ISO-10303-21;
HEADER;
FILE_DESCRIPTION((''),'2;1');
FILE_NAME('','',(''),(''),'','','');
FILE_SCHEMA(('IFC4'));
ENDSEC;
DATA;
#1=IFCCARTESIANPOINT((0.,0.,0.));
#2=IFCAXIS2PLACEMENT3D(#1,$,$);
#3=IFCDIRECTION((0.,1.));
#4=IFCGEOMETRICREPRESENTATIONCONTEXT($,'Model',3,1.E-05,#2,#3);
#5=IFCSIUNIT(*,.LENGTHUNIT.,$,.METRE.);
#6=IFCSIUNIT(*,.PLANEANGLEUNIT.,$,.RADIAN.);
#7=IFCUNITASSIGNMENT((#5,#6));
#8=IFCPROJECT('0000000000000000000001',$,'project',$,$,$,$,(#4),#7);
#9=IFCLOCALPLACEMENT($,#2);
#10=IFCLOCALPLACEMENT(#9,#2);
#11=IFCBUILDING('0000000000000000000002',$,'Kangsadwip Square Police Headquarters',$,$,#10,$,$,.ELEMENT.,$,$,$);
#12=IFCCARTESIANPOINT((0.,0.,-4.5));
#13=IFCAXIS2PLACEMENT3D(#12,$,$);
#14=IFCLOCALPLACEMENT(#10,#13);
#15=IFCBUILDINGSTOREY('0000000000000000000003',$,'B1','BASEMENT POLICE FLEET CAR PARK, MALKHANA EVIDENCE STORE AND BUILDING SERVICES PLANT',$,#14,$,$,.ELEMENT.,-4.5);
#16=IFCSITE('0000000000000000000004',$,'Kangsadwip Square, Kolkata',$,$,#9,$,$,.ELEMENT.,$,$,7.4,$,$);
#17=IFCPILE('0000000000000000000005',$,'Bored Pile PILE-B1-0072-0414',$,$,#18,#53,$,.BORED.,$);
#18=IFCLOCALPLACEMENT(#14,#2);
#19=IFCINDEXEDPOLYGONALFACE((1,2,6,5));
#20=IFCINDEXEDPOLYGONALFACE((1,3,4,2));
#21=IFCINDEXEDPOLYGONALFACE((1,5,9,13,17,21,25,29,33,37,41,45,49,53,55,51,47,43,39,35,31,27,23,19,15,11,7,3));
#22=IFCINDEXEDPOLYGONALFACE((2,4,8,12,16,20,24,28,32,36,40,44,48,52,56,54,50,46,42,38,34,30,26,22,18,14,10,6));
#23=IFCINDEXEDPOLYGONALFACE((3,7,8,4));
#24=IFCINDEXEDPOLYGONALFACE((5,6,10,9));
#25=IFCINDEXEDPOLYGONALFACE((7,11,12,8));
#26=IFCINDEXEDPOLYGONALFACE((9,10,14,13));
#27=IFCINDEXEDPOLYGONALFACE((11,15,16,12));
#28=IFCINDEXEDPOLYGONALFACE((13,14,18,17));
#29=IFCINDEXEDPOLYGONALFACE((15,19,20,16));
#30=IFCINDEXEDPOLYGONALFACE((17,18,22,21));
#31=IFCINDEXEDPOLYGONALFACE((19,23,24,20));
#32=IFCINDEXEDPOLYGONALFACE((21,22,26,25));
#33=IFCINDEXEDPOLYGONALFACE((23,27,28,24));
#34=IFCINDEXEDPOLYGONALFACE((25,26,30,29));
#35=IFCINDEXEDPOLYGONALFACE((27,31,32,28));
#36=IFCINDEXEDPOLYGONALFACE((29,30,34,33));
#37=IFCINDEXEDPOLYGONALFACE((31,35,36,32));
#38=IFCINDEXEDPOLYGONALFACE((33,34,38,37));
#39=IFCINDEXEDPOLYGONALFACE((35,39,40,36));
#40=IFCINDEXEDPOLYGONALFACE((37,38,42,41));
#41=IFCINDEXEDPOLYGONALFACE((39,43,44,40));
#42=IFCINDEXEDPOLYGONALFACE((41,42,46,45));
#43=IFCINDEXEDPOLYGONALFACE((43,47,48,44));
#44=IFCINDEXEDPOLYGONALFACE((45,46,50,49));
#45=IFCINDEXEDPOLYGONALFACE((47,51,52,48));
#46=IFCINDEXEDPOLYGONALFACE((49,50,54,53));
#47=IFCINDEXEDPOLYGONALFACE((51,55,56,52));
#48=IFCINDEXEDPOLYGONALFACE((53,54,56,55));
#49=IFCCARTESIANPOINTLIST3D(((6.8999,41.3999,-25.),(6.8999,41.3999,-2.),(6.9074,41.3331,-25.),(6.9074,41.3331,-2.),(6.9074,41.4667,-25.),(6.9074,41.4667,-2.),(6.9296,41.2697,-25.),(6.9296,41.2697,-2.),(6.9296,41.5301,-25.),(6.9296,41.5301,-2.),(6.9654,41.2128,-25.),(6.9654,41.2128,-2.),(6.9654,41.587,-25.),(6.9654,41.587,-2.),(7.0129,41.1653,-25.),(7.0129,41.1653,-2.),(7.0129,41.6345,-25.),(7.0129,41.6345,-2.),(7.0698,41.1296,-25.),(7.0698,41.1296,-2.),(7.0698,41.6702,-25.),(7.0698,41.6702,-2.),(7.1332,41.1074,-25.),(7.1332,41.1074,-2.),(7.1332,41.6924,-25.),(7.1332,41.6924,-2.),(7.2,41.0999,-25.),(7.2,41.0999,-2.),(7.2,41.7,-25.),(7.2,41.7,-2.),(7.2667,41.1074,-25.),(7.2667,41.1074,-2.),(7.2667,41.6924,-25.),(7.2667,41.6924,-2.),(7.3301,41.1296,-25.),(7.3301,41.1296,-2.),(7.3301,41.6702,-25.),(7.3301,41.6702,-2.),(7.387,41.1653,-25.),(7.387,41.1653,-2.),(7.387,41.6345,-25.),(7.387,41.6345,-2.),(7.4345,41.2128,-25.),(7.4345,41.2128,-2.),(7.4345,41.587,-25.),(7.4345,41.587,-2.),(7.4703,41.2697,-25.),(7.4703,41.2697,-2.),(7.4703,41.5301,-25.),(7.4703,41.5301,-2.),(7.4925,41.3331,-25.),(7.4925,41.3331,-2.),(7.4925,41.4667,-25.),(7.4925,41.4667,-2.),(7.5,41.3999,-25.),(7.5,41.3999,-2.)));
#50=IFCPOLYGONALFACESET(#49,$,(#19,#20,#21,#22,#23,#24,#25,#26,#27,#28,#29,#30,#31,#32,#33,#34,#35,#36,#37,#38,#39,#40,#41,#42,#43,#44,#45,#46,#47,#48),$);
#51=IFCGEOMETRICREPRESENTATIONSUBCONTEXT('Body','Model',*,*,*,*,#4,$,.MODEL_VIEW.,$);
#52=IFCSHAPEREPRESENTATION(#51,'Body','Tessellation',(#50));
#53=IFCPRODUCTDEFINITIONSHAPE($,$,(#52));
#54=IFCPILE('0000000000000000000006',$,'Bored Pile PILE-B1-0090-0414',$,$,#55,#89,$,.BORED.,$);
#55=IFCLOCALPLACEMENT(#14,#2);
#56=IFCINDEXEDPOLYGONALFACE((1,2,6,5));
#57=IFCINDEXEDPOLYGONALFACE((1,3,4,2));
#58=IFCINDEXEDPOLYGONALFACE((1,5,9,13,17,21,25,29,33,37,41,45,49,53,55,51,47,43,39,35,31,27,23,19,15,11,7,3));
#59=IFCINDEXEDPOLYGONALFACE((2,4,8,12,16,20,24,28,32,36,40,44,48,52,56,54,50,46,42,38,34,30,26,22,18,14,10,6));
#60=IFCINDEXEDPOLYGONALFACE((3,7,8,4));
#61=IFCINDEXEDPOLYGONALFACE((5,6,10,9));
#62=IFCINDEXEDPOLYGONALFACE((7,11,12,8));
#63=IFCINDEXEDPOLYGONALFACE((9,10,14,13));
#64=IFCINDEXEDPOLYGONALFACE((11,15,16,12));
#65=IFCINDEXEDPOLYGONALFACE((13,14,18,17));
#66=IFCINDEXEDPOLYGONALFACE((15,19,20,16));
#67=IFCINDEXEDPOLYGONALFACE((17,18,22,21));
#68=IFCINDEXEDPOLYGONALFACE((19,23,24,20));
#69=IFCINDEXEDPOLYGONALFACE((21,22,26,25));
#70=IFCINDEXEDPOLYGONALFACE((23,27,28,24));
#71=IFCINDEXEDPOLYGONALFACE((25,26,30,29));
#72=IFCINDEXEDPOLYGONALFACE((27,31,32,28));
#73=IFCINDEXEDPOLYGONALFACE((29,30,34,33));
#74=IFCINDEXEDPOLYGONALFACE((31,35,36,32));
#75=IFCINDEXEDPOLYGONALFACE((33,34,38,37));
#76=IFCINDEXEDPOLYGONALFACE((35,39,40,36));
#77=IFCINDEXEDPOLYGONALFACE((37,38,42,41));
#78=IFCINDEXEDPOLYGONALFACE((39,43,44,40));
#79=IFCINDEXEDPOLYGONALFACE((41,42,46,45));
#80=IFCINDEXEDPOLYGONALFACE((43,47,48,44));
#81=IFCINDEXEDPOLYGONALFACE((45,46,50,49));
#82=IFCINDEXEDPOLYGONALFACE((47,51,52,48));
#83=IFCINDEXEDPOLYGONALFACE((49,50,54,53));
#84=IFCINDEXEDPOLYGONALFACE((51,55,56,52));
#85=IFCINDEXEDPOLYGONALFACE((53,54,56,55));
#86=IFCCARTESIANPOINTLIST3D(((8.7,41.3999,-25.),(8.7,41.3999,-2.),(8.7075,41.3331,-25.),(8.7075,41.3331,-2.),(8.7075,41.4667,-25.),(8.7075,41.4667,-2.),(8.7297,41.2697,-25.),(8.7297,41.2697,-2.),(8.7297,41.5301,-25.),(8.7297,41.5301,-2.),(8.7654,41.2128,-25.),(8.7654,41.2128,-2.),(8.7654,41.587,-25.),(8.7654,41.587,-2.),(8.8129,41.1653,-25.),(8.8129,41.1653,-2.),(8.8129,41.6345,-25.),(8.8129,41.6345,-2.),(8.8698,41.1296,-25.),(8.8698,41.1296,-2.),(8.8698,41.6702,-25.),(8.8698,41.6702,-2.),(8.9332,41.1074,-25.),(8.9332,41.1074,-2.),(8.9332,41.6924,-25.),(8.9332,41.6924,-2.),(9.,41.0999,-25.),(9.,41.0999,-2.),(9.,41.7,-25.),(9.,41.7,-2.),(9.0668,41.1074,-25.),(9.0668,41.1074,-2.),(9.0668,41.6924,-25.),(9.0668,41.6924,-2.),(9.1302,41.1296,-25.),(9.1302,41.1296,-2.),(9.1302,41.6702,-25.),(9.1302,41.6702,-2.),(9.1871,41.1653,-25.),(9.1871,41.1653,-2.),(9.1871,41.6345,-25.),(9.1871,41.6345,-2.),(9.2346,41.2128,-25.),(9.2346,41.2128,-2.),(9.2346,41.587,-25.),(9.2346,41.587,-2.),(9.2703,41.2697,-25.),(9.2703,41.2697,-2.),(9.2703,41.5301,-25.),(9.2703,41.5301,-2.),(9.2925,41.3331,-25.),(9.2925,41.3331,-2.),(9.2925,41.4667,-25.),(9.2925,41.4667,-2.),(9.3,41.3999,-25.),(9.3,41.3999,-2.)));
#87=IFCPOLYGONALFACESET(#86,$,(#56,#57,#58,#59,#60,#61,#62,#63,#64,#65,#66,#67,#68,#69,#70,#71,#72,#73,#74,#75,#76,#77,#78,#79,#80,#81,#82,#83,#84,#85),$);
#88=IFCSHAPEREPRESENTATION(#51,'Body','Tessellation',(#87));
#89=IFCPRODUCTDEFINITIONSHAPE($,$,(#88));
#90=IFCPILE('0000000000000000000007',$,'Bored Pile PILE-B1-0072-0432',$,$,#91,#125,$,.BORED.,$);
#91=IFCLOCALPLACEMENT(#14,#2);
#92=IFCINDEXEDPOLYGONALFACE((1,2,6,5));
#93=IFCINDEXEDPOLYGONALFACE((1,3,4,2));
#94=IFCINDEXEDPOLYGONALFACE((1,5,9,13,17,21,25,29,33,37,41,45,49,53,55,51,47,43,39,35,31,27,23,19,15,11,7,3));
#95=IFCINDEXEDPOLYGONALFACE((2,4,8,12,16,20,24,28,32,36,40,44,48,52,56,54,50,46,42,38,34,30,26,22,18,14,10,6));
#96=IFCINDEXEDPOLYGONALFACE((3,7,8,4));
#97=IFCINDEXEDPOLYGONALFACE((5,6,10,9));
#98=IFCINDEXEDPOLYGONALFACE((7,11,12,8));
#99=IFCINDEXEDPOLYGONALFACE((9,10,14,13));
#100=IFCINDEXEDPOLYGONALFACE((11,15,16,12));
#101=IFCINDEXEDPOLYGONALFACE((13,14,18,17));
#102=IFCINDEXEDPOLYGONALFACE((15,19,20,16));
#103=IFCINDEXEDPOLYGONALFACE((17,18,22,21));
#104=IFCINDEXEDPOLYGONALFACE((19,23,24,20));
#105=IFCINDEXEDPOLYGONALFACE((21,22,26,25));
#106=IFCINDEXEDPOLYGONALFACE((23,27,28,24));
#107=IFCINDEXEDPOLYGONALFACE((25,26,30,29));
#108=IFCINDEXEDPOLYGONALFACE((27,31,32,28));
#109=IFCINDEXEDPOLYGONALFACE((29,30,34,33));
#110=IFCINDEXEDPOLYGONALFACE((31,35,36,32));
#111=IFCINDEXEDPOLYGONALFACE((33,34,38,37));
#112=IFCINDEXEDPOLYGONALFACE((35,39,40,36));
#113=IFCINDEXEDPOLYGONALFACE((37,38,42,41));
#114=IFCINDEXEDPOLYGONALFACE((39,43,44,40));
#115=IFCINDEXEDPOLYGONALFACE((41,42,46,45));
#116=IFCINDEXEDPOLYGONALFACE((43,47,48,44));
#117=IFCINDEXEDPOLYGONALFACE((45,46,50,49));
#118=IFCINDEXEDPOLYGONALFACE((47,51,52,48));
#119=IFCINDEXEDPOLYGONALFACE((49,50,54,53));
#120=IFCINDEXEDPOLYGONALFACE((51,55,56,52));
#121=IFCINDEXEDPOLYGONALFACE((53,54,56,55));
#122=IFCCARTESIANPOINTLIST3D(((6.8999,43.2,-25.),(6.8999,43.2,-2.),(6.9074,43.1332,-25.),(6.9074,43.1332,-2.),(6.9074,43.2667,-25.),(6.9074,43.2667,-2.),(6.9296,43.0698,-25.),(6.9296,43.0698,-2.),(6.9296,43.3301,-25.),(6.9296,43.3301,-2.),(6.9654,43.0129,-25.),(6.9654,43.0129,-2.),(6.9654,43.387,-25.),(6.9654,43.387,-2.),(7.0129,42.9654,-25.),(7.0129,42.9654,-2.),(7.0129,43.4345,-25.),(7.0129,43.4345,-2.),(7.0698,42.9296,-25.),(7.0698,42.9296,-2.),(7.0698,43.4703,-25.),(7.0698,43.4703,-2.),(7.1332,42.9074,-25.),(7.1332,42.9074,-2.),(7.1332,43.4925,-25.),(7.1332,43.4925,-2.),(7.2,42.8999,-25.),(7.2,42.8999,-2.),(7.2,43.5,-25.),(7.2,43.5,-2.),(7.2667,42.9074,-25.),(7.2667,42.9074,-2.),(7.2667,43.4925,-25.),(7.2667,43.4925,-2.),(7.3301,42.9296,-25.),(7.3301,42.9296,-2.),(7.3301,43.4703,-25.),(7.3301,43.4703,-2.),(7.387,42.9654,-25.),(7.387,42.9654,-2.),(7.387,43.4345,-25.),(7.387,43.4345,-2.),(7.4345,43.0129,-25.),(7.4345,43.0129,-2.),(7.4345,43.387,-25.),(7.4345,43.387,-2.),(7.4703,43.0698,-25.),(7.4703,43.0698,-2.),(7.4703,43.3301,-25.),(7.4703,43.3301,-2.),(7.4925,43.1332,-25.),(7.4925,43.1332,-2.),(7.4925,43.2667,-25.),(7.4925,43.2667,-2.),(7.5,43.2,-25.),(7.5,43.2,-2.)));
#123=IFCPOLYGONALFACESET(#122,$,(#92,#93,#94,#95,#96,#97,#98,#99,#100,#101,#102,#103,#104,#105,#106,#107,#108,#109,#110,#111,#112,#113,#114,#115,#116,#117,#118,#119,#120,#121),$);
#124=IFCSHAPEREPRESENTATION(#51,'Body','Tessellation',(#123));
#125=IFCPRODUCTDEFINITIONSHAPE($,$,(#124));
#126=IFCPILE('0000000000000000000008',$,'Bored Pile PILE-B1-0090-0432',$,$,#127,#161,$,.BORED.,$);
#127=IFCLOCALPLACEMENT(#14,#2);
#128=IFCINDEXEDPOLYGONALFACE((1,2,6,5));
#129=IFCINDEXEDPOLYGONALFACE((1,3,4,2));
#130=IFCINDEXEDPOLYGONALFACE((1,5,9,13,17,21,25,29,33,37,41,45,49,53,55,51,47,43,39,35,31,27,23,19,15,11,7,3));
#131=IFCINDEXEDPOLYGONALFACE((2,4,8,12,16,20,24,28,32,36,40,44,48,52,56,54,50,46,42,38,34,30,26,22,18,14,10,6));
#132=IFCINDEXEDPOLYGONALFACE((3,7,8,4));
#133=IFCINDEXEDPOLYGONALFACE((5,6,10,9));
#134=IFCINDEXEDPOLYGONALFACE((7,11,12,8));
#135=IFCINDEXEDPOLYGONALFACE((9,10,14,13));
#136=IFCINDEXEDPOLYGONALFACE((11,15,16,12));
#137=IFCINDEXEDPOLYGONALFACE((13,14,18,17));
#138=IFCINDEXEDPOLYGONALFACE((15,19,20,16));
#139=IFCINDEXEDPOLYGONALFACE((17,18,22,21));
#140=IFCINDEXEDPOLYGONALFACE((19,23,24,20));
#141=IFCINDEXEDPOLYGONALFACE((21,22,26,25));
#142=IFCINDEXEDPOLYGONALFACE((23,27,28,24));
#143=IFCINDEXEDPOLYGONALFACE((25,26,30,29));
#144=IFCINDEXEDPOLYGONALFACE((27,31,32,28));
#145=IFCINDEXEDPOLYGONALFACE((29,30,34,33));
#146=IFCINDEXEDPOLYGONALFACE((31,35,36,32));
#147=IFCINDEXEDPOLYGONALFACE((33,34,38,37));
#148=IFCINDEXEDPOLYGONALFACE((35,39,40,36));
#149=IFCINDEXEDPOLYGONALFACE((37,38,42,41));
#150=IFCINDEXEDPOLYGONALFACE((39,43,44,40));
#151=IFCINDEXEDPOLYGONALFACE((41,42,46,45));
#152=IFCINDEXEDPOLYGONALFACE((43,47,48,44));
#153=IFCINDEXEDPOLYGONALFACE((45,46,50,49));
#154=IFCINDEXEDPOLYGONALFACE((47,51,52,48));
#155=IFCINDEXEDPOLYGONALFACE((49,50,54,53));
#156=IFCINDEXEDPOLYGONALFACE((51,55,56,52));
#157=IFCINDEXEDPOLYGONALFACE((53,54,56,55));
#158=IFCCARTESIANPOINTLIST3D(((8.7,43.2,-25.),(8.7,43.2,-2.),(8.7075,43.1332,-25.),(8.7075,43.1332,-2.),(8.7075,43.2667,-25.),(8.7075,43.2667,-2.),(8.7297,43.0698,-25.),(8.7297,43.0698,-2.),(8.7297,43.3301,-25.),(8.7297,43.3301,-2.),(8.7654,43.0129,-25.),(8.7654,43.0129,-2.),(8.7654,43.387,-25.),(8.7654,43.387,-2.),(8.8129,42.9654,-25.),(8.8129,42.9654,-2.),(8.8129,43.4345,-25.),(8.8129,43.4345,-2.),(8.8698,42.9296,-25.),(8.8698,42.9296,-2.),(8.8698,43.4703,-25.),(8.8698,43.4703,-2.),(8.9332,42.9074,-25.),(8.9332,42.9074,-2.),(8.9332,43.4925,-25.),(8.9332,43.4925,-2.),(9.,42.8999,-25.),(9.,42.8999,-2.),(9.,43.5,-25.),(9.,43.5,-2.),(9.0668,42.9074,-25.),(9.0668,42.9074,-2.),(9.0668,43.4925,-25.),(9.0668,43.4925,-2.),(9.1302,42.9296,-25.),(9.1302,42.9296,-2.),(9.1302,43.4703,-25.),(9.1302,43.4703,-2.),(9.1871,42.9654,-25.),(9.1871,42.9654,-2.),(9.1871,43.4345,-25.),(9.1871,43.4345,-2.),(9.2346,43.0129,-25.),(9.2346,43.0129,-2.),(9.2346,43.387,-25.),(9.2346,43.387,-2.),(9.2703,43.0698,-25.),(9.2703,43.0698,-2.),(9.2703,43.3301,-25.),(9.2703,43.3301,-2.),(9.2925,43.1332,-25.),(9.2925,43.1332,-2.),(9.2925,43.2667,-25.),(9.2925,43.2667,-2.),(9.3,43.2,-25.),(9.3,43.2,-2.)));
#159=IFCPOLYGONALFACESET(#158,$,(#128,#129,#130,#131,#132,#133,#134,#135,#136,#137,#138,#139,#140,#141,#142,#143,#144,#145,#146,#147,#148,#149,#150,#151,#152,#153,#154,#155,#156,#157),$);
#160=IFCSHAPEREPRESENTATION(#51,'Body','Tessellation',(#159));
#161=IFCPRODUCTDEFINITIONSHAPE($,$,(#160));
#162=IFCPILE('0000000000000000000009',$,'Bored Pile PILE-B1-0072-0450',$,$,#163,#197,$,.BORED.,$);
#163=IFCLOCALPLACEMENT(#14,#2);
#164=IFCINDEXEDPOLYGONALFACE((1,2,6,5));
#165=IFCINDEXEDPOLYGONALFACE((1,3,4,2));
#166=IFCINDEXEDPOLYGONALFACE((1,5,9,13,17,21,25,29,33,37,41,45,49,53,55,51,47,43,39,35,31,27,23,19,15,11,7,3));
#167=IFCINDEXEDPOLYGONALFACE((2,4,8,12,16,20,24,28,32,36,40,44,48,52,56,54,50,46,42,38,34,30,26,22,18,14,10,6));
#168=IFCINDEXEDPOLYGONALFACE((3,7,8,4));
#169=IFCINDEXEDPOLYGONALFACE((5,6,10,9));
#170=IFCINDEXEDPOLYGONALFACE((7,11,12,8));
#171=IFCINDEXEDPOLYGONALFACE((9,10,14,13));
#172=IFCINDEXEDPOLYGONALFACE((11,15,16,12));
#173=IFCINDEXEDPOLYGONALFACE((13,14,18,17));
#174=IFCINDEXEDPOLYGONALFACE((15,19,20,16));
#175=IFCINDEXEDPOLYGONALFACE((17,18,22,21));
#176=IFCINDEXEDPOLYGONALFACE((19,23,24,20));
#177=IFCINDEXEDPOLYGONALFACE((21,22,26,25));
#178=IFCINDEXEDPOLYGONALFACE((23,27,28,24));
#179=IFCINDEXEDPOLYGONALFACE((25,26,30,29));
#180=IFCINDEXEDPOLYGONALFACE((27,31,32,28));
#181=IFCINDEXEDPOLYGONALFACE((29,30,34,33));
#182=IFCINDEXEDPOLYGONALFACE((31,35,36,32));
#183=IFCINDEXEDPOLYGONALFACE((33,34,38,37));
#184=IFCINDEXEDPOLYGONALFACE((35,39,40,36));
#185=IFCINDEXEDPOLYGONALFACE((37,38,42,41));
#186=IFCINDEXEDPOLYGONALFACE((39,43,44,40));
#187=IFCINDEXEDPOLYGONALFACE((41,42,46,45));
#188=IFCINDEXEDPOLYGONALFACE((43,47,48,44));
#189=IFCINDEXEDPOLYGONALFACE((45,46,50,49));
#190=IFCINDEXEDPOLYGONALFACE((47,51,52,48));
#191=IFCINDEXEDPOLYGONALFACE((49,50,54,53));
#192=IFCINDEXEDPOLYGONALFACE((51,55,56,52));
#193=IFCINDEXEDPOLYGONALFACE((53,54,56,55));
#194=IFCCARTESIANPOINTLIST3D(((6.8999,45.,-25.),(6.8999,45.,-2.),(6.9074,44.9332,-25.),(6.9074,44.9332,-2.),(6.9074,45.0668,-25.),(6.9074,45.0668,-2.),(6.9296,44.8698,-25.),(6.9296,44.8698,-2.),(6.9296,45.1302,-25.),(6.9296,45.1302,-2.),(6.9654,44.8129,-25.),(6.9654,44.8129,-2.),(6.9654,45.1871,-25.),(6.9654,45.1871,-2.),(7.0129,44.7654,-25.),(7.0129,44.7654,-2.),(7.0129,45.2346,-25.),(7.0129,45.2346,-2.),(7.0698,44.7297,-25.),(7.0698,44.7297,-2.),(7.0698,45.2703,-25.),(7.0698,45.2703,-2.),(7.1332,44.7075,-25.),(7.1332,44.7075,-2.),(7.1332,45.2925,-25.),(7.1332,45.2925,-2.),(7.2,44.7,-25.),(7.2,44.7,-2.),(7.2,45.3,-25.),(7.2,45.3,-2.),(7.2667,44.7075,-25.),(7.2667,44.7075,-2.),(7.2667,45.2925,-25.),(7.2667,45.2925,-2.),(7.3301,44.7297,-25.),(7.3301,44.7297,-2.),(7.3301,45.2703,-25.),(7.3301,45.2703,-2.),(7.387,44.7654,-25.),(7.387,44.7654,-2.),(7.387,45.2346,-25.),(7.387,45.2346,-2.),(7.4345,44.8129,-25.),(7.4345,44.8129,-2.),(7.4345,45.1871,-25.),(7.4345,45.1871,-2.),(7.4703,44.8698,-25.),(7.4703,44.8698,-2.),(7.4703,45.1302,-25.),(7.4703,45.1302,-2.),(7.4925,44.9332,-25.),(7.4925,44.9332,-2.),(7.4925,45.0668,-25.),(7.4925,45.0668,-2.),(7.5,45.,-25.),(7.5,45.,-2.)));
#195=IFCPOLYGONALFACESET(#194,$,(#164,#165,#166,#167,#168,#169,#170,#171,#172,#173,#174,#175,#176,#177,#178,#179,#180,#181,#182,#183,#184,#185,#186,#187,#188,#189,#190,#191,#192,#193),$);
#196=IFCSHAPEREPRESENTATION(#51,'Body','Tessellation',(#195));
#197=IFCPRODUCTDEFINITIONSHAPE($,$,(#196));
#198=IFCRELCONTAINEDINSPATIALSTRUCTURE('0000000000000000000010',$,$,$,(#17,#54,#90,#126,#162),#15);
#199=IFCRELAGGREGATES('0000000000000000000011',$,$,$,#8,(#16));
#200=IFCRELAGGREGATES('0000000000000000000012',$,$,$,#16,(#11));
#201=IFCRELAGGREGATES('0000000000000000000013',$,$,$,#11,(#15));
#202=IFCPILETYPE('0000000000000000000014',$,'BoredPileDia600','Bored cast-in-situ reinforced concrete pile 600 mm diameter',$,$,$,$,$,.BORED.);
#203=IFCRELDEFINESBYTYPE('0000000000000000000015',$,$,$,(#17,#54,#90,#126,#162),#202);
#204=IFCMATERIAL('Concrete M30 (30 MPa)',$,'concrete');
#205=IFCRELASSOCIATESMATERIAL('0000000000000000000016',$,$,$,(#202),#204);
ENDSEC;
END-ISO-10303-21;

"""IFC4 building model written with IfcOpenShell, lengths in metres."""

from ifc_helpers import new_model, si_unit, direction, frame, origin, origin_2d, place, context, subcontext, project, spatial, circle, extrude, material, material_profile, profile_set, type_object, element, save


model = new_model("IFC4")

# Units and contexts
model_context = context("Model", 3, precision=1e-05, world=origin(), true_north=direction((0.0, 1.0)))
body_context = subcontext(model_context, "Body", "Model", "MODEL_VIEW")
ifc_project = project(units=[si_unit("LENGTHUNIT", "METRE"), si_unit("PLANEANGLEUNIT", "RADIAN")], contexts=[model_context])

# Site, building, storey
site_placement = place(None, origin())
site = spatial("IfcSite", under=ifc_project, at=site_placement, Name="Kangsadwip Square, Kolkata", CompositionType="ELEMENT", RefElevation=7.4)
building_placement = place(site_placement, origin())
building = spatial("IfcBuilding", under=site, at=building_placement, Name="Kangsadwip Square Police Headquarters", CompositionType="ELEMENT")
storey_placement = place(building_placement, frame((0.0, 0.0, -4.5)))
storey = spatial("IfcBuildingStorey", under=building, at=storey_placement, Name="B1", Description="BASEMENT POLICE FLEET CAR PARK, MALKHANA EVIDENCE STORE AND BUILDING SERVICES PLANT", CompositionType="ELEMENT", Elevation=-4.5)

# Piles
ifc_material_1 = material(Name="Concrete M30 (30 MPa)", Category="concrete")
ifc_material_profile_1 = material_profile(ifc_material_1, circle(Radius=0.3, at=origin_2d()), Name="PILE DIA 600")
ifc_profile_set_1 = profile_set([ifc_material_profile_1], Name="Concrete M30 (30 MPa)")
pile_type_1 = type_object("IfcPileType", Name="BoredPileDia600", Description="Bored cast-in-situ reinforced concrete pile 600 mm diameter", PredefinedType="BORED", material=ifc_profile_set_1)
for number, where, z_axis, x_axis, name in (
    (1, (7.2, 41.3999, -2.0), (0.0, 0.0, -1.0), (1.0, 0.0, 0.0), "Bored Pile PILE-B1-0072-0414"),
    (2, (9.0, 41.3999, -2.0), (0.0, 0.0, -1.0), (1.0, 0.0, 0.0), "Bored Pile PILE-B1-0090-0414"),
    (3, (7.2, 43.2, -2.0), (0.0, 0.0, -1.0), (1.0, 0.0, 0.0), "Bored Pile PILE-B1-0072-0432"),
    (4, (9.0, 43.2, -2.0), (0.0, 0.0, -1.0), (1.0, 0.0, 0.0), "Bored Pile PILE-B1-0090-0432"),
    (5, (7.2, 45.0, -2.0), (0.0, 0.0, -1.0), (1.0, 0.0, 0.0), "Bored Pile PILE-B1-0072-0450"),
):
    element("IfcPile", number, at=place(storey_placement, frame(where, z_axis=z_axis, x_axis=x_axis)), inside=storey, type_object=pile_type_1, Name=name, PredefinedType="BORED", context=body_context, shape_type="SweptSolid", body=[
        extrude(circle(Radius=0.3, at=origin_2d()), origin(), (0.0, 0.0, 1.0), 23.0),
    ])

save(model, "model.ifc")
